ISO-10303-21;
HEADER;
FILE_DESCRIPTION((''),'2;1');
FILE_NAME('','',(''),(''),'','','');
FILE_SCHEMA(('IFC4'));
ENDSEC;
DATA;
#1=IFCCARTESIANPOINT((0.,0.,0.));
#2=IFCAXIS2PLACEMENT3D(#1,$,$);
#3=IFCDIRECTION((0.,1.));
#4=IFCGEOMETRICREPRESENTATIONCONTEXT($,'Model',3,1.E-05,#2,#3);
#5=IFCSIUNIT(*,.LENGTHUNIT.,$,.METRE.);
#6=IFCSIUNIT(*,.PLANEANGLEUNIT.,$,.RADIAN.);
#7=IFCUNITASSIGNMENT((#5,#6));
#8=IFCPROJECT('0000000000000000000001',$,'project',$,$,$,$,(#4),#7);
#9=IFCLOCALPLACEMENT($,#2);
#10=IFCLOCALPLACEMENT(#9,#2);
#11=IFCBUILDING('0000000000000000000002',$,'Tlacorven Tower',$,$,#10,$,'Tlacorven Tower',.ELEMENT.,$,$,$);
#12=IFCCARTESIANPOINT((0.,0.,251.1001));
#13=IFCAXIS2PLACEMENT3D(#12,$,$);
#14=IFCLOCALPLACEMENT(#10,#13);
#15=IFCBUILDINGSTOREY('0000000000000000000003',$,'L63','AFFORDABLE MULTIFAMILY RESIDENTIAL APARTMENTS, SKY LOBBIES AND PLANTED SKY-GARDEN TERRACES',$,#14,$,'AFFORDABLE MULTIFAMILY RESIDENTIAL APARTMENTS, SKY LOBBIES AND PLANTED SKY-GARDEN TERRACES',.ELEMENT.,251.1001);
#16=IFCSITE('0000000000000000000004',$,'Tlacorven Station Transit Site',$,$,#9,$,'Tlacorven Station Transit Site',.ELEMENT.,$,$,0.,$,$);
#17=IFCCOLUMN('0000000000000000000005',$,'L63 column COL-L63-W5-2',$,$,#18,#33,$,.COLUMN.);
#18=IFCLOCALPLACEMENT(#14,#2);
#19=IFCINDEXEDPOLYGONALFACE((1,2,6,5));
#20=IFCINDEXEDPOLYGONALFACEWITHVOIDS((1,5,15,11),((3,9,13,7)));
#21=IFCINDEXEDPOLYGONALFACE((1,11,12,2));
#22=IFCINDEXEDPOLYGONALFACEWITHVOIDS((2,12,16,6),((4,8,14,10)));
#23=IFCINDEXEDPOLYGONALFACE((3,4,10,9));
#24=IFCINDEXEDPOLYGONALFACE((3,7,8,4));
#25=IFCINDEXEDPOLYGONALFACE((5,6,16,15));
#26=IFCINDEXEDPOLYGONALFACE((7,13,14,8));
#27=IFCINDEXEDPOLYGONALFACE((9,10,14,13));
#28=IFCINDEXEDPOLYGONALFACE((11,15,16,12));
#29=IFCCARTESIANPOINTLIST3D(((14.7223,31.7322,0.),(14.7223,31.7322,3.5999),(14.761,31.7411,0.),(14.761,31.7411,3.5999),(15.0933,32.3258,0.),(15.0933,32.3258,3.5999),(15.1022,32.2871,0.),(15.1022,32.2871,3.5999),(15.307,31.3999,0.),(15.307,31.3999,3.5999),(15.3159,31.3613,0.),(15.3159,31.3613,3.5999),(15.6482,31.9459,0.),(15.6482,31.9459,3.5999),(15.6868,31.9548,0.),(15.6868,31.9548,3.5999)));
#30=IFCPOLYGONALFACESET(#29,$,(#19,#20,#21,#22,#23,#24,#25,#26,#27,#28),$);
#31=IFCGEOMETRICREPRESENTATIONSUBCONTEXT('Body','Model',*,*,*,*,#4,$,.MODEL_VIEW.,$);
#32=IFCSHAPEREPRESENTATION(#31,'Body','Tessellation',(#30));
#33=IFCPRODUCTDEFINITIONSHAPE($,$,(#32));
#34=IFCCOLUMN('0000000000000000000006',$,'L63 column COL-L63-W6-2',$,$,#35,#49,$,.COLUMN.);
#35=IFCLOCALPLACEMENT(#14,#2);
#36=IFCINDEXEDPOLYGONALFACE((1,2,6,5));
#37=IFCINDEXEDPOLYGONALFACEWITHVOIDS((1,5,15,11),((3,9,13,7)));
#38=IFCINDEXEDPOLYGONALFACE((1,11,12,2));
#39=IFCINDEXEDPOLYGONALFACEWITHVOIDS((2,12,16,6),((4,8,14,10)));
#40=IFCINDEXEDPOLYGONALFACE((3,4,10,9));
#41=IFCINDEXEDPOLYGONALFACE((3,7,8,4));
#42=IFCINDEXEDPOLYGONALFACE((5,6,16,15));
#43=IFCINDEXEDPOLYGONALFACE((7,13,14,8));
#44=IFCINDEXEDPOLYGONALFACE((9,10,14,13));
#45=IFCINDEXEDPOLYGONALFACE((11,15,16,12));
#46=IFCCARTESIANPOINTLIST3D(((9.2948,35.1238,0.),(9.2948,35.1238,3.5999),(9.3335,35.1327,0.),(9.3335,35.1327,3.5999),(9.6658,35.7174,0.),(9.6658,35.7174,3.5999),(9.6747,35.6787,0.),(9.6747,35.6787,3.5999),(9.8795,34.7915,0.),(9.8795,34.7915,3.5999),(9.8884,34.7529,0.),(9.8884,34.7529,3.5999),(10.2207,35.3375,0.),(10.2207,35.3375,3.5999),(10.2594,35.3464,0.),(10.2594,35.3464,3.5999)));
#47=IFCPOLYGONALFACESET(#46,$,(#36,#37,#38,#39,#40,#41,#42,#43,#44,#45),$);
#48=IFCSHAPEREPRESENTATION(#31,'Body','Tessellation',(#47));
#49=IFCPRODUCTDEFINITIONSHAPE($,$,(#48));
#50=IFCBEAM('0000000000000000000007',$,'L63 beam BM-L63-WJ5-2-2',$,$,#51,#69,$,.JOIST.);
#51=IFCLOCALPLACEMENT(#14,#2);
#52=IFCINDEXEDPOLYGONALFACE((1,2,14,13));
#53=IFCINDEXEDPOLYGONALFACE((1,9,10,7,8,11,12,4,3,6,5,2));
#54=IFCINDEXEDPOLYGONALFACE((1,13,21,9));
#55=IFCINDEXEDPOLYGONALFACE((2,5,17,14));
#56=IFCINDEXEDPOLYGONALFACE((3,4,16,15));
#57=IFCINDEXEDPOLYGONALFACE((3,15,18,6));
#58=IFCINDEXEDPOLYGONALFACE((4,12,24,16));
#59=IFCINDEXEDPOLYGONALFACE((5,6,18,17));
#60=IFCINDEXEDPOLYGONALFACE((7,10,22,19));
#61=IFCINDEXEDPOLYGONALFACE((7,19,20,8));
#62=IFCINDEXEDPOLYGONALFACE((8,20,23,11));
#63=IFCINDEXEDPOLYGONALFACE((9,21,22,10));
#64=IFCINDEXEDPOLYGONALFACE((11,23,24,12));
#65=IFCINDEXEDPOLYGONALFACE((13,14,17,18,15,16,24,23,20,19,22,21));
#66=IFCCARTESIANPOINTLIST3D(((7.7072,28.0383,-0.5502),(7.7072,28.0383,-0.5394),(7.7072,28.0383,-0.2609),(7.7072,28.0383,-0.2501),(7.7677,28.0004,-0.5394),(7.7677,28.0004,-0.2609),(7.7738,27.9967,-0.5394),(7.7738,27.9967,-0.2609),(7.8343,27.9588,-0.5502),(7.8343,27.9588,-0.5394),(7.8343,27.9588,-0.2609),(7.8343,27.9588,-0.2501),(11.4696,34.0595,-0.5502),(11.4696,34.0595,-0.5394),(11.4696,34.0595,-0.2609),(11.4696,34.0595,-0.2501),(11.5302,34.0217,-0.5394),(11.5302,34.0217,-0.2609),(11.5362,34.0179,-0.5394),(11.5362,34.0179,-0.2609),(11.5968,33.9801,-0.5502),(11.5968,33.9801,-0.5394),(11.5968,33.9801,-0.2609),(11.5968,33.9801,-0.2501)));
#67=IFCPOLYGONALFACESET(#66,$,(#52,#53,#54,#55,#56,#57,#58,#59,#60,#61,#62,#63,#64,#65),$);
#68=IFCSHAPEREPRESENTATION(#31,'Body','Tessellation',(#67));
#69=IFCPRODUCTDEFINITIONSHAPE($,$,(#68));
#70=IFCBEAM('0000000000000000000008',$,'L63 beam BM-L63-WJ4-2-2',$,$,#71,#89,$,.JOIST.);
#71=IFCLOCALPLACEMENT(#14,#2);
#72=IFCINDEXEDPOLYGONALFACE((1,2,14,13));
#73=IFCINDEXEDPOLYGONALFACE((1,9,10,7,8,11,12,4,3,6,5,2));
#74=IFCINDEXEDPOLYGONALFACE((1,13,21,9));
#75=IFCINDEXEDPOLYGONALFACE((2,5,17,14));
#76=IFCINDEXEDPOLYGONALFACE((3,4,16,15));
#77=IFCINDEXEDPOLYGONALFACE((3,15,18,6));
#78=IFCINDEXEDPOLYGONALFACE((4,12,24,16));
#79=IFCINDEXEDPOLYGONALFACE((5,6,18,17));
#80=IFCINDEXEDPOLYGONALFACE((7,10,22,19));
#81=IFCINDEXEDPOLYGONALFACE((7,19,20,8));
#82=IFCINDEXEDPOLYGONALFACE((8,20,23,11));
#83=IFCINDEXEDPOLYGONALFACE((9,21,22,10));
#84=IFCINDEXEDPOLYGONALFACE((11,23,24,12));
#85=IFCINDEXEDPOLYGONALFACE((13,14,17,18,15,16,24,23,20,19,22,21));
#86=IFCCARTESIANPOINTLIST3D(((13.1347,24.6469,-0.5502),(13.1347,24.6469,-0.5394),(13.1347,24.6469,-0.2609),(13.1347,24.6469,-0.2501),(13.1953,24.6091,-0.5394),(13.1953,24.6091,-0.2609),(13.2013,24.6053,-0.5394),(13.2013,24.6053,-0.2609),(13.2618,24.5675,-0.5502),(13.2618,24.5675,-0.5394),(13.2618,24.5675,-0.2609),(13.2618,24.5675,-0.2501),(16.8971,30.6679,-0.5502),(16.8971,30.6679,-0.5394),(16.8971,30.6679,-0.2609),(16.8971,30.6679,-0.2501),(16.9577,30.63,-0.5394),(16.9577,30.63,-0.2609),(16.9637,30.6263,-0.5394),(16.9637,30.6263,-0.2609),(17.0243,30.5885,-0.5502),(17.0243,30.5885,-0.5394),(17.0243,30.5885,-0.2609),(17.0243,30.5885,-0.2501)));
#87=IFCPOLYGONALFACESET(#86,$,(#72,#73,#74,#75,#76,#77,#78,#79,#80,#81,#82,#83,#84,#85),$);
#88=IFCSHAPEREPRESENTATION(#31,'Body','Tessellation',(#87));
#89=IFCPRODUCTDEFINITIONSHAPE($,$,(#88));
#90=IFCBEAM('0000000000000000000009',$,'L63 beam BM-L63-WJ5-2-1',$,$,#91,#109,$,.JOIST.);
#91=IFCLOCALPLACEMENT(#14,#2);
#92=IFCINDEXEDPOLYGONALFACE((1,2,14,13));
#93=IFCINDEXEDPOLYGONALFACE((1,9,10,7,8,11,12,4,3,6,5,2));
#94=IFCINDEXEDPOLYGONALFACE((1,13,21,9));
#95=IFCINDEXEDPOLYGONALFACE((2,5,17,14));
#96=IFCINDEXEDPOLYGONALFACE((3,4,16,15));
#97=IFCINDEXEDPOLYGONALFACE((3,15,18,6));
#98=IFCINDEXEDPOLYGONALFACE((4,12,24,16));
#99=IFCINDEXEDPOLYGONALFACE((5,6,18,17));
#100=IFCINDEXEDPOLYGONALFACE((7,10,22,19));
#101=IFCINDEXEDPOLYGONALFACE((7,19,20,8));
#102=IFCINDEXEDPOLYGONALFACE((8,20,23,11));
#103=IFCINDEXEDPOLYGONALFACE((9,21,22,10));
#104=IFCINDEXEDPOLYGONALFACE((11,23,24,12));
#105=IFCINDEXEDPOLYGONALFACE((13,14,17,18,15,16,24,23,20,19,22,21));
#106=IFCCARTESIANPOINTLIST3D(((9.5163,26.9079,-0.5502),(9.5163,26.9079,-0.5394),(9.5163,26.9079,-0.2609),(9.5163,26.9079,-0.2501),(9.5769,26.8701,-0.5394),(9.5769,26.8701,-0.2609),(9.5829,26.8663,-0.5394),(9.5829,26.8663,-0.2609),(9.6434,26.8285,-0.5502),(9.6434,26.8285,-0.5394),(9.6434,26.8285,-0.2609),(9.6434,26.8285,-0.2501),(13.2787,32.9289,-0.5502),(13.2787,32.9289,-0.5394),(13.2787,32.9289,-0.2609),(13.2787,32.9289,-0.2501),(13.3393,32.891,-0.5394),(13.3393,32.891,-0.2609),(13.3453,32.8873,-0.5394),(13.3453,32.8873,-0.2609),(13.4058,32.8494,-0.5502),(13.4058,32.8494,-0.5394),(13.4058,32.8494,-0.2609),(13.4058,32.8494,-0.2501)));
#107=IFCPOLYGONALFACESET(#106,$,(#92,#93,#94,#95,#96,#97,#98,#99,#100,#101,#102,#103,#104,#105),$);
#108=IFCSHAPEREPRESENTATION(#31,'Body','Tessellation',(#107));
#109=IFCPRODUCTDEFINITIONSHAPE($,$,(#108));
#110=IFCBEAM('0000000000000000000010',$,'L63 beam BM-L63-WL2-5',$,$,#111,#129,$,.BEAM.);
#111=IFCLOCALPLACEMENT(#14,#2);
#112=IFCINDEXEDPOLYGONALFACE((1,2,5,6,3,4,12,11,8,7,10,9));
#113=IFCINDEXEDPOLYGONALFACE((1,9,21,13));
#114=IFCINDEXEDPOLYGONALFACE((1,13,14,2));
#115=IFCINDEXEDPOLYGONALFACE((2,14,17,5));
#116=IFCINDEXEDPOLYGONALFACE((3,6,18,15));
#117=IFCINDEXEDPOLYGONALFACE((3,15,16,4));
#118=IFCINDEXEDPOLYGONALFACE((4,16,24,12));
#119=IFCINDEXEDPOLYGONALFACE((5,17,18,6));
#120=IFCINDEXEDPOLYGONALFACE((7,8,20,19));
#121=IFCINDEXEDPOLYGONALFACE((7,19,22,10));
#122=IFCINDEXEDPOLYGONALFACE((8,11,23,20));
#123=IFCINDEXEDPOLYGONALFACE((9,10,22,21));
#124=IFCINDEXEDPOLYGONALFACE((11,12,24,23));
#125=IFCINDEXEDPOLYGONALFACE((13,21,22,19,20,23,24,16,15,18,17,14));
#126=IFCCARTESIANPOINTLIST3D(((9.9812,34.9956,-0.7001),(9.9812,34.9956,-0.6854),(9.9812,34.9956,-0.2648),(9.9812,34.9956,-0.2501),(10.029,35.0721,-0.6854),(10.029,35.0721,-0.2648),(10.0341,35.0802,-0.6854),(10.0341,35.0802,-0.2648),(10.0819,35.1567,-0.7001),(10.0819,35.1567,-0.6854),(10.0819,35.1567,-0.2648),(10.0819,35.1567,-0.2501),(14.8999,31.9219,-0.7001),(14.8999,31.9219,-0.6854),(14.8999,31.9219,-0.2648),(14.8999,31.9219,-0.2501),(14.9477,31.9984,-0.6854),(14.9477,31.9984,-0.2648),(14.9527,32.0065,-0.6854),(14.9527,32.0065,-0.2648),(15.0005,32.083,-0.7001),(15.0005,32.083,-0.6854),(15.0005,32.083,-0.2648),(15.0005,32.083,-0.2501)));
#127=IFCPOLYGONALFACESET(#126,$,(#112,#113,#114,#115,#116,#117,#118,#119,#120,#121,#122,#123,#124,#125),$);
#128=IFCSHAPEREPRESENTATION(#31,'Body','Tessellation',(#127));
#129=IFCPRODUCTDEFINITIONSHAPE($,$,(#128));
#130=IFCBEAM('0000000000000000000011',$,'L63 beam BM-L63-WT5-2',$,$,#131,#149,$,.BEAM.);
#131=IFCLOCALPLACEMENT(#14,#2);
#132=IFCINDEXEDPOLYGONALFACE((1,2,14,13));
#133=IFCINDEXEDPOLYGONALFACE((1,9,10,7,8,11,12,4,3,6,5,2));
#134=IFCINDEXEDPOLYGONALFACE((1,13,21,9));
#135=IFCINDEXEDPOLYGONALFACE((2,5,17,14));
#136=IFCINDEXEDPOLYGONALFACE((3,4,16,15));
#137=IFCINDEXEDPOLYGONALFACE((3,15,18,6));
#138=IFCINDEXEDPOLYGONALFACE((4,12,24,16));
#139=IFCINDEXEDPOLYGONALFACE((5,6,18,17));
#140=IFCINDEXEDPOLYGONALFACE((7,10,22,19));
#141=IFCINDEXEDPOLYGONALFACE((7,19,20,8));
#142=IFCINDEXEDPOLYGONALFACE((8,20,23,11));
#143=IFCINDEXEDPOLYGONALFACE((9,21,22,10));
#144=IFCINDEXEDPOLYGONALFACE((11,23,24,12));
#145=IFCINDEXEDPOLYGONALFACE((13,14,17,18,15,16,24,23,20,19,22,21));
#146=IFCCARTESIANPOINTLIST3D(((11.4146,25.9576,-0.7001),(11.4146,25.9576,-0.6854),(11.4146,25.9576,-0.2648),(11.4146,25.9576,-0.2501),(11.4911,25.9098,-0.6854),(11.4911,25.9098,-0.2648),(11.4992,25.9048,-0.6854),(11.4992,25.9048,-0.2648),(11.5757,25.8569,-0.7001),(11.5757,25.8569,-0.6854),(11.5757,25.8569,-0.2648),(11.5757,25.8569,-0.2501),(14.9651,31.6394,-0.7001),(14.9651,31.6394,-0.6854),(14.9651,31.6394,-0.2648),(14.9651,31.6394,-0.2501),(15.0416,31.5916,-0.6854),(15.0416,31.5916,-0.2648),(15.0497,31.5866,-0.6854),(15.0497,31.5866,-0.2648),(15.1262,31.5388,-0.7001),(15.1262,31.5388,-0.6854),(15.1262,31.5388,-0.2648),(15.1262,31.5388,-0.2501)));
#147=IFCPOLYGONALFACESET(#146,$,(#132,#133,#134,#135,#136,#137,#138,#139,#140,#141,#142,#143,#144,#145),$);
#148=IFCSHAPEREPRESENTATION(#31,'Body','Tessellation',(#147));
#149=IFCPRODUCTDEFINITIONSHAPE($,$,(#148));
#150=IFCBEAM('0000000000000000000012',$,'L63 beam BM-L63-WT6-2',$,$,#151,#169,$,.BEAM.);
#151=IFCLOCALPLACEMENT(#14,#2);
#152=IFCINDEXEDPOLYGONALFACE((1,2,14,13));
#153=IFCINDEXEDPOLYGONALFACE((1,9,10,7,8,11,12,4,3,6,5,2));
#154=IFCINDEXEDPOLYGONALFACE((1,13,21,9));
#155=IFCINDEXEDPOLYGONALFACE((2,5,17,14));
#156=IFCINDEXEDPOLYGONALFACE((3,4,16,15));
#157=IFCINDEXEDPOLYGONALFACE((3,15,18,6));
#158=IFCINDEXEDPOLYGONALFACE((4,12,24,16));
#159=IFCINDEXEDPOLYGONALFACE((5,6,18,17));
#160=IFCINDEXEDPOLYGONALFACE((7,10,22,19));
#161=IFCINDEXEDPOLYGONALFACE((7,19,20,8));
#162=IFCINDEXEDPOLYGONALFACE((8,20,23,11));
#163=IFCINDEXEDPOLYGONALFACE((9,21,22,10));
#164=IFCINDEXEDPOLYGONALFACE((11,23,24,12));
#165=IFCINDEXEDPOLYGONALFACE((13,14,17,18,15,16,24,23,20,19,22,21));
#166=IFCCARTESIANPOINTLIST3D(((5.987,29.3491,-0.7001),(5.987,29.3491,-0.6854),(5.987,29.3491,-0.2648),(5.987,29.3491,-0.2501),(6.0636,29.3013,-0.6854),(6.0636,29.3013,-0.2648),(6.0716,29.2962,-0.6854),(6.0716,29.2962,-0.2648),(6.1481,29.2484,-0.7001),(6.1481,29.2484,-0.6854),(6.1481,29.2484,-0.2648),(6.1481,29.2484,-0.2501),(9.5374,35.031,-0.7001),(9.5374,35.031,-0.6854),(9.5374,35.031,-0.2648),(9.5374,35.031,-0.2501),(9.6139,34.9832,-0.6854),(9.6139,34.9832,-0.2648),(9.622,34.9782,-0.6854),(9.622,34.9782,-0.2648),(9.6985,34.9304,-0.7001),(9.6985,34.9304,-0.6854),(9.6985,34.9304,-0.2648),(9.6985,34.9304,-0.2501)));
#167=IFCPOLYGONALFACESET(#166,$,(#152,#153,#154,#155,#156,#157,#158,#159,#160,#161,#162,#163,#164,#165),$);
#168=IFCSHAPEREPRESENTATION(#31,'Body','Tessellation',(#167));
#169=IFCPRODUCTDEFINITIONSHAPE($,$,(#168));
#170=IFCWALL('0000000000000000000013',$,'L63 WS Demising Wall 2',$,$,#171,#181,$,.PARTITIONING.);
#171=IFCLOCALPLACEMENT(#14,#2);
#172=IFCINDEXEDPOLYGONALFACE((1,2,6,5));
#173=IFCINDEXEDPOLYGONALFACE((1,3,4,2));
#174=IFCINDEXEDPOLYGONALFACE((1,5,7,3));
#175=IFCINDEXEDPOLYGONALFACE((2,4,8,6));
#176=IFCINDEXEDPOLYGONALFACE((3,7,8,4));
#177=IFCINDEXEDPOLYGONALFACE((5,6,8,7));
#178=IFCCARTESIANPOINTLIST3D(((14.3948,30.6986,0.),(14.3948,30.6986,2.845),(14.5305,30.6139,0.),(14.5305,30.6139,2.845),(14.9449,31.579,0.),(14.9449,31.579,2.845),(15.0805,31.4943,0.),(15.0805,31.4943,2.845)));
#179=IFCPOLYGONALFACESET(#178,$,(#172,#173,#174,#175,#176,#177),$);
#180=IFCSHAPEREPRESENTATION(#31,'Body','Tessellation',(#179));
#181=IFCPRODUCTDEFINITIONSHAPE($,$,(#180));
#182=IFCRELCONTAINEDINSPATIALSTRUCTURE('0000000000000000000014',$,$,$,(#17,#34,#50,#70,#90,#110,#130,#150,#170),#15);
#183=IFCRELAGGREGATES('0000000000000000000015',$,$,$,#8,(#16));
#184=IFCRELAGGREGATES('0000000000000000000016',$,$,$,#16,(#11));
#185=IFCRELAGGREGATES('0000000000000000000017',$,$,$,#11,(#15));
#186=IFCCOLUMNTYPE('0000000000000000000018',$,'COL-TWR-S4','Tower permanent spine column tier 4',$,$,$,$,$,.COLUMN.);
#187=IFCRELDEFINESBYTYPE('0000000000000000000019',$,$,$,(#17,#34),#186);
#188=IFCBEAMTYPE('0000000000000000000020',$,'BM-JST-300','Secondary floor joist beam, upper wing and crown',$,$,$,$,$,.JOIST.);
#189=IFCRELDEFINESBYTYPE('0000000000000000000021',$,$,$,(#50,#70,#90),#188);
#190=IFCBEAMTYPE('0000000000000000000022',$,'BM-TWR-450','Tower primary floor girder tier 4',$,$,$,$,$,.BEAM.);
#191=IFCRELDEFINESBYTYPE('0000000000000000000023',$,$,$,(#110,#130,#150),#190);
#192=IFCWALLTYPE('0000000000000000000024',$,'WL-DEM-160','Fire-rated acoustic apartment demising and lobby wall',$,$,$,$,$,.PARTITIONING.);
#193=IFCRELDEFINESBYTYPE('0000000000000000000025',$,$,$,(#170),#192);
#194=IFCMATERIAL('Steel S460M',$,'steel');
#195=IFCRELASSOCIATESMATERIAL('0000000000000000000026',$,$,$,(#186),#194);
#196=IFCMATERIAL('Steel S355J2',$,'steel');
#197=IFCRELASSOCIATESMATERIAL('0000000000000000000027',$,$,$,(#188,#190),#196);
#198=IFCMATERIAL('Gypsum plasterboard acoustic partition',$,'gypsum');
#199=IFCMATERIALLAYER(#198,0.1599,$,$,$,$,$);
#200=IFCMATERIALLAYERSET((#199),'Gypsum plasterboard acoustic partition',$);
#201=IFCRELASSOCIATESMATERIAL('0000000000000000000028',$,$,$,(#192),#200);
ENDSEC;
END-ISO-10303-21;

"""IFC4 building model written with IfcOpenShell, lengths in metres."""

from ifc_helpers import new_model, si_unit, direction, frame, frame_2d, origin, origin_2d, place, context, subcontext, project, spatial, rectangle, hollow_rectangle, i_section, extrude, source, transform, mapped, material, layer, layer_set, material_profile, profile_set, type_object, element, save


model = new_model("IFC4")

# Units and contexts
model_context = context("Model", 3, precision=1e-05, world=origin(), true_north=direction((0.0, 1.0)))
body_context = subcontext(model_context, "Body", "Model", "MODEL_VIEW")
ifc_project = project(units=[si_unit("LENGTHUNIT", "METRE"), si_unit("PLANEANGLEUNIT", "RADIAN")], contexts=[model_context])

# Site, building, storey
site_placement = place(None, origin())
site = spatial("IfcSite", under=ifc_project, at=site_placement, Name="Tlacorven Station Transit Site", LongName="Tlacorven Station Transit Site", CompositionType="ELEMENT", RefElevation=0.0)
building_placement = place(site_placement, origin())
building = spatial("IfcBuilding", under=site, at=building_placement, Name="Tlacorven Tower", LongName="Tlacorven Tower", CompositionType="ELEMENT")
storey_placement = place(building_placement, frame((0.0, 0.0, 251.1001)))
storey = spatial("IfcBuildingStorey", under=building, at=storey_placement, Name="L63", Description="AFFORDABLE MULTIFAMILY RESIDENTIAL APARTMENTS, SKY LOBBIES AND PLANTED SKY-GARDEN TERRACES", LongName="AFFORDABLE MULTIFAMILY RESIDENTIAL APARTMENTS, SKY LOBBIES AND PLANTED SKY-GARDEN TERRACES", CompositionType="ELEMENT", Elevation=251.1001)

# Columns
ifc_material_1 = material(Name="Steel S460M", Category="steel")
ifc_material_profile_1 = material_profile(ifc_material_1, hollow_rectangle(XDim=0.7, YDim=0.7, WallThickness=0.0281, at=origin_2d()), Name="BOX 700X700X28")
ifc_profile_set_1 = profile_set([ifc_material_profile_1], Name="Steel S460M")
column_type = type_object("IfcColumnType", Name="COL-TWR-S4", Description="Tower permanent spine column tier 4", PredefinedType="COLUMN", material=ifc_profile_set_1)
shared_shape_1 = source(origin(), body_context, "Body", "SweptSolid", [
    extrude(hollow_rectangle(XDim=0.7, YDim=0.7, WallThickness=0.0281, at=origin_2d()), origin(), (0.0, 0.0, 1.0), 3.5999),
])
for number, where, z_axis, x_axis, name in (
    (1, (15.2046, 31.8435, 0.0), (0.0, 0.0, 1.0), (-0.848048, 0.529919, 0.0), "L63 column COL-L63-W5-2"),
    (2, (9.7771, 35.2351, 0.0), (0.0, 0.0, 1.0), (-0.848048, 0.529919, 0.0), "L63 column COL-L63-W6-2"),
):
    element("IfcColumn", number, at=place(storey_placement, frame(where, z_axis=z_axis, x_axis=x_axis)), inside=storey, type_object=column_type, Name=name, PredefinedType="COLUMN", context=body_context, shape_type="MappedRepresentation", body=[
        mapped(shared_shape_1, transform((0.0, 0.0, 0.0), scale=1.0)),
    ])

# Beams
ifc_material_2 = material(Name="Steel S355J2", Category="steel")
ifc_material_profile_2 = material_profile(ifc_material_2, i_section(OverallWidth=0.1499, OverallDepth=0.3, WebThickness=0.0071, FlangeThickness=0.0107, at=origin_2d()), Name="IPE 300")
ifc_profile_set_2 = profile_set([ifc_material_profile_2], Name="Steel S355J2")
beam_type_1 = type_object("IfcBeamType", Name="BM-JST-300", Description="Secondary floor joist beam, upper wing and crown", PredefinedType="JOIST", material=ifc_profile_set_2)
shared_shape_2 = source(origin(), body_context, "Body", "SweptSolid", [
    extrude(i_section(OverallWidth=0.1499, OverallDepth=0.3, WebThickness=0.0071, FlangeThickness=0.0107, at=origin_2d()), origin(), (0.0, 0.0, 1.0), 7.1001),
])
beam_1_placement = place(storey_placement, frame((11.5332, 34.0198, -0.4001), z_axis=(-0.529915, -0.84805, 0.0), x_axis=(0.84805, -0.529915, 0.0)))
element("IfcBeam", 3, at=beam_1_placement, inside=storey, type_object=beam_type_1, Name="L63 beam BM-L63-WJ5-2-2", PredefinedType="JOIST", context=body_context, shape_type="MappedRepresentation", body=[
    mapped(shared_shape_2, transform((0.0, 0.0, 0.0), scale=1.0)),
])
shared_shape_3 = source(origin(), body_context, "Body", "SweptSolid", [
    extrude(i_section(OverallWidth=0.1499, OverallDepth=0.3, WebThickness=0.0071, FlangeThickness=0.0107, at=origin_2d()), origin(), (0.0, 0.0, 1.0), 7.0999),
])
for number, where, z_axis, x_axis, name in (
    (4, (16.9607, 30.6282, -0.4001), (-0.529931, -0.848041, 0.0), (0.848041, -0.529931, 0.0), "L63 beam BM-L63-WJ4-2-2"),
    (5, (13.3423, 32.8892, -0.4001), (-0.529931, -0.848041, 0.0), (0.848041, -0.529931, 0.0), "L63 beam BM-L63-WJ5-2-1"),
):
    element("IfcBeam", number, at=place(storey_placement, frame(where, z_axis=z_axis, x_axis=x_axis)), inside=storey, type_object=beam_type_1, Name=name, PredefinedType="JOIST", context=body_context, shape_type="MappedRepresentation", body=[
        mapped(shared_shape_3, transform((0.0, 0.0, 0.0), scale=1.0)),
    ])
ifc_material_profile_3 = material_profile(ifc_material_2, i_section(OverallWidth=0.1899, OverallDepth=0.45, WebThickness=0.0095, FlangeThickness=0.0146, at=origin_2d()), Name="IPE 450")
ifc_profile_set_3 = profile_set([ifc_material_profile_3], Name="Steel S355J2")
beam_type_2 = type_object("IfcBeamType", Name="BM-TWR-450", Description="Tower primary floor girder tier 4", PredefinedType="BEAM", material=ifc_profile_set_3)
shared_shape_4 = source(origin(), body_context, "Body", "SweptSolid", [
    extrude(i_section(OverallWidth=0.1899, OverallDepth=0.45, WebThickness=0.0095, FlangeThickness=0.0146, at=origin_2d()), origin(), (0.0, 0.0, 1.0), 5.8),
])
beam_2_placement = place(storey_placement, frame((14.9502, 32.0024, -0.4751), z_axis=(-0.848034, 0.529942, 0.0), x_axis=(-0.529942, -0.848034, 0.0)))
element("IfcBeam", 6, at=beam_2_placement, inside=storey, type_object=beam_type_2, Name="L63 beam BM-L63-WL2-5", PredefinedType="BEAM", context=body_context, shape_type="MappedRepresentation", body=[
    mapped(shared_shape_4, transform((0.0, 0.0, 0.0), scale=1.0)),
])
shared_shape_5 = source(origin(), body_context, "Body", "SweptSolid", [
    extrude(i_section(OverallWidth=0.1899, OverallDepth=0.45, WebThickness=0.0095, FlangeThickness=0.0146, at=origin_2d()), origin(), (0.0, 0.0, 1.0), 6.7),
])
for number, where, z_axis, x_axis, name in (
    (7, (15.0457, 31.5891, -0.4751), (-0.52993, -0.848041, 0.0), (0.848041, -0.52993, 0.0), "L63 beam BM-L63-WT5-2"),
    (8, (9.6179, 34.9807, -0.4751), (-0.529904, -0.848058, 0.0), (0.848058, -0.529904, 0.0), "L63 beam BM-L63-WT6-2"),
):
    element("IfcBeam", number, at=place(storey_placement, frame(where, z_axis=z_axis, x_axis=x_axis)), inside=storey, type_object=beam_type_2, Name=name, PredefinedType="BEAM", context=body_context, shape_type="MappedRepresentation", body=[
        mapped(shared_shape_5, transform((0.0, 0.0, 0.0), scale=1.0)),
    ])

# Wall
ifc_material_3 = material(Name="Gypsum plasterboard acoustic partition", Category="gypsum")
ifc_layer_1 = layer(ifc_material_3, 0.1599)
ifc_layer_set_1 = layer_set([ifc_layer_1], Name="Gypsum plasterboard acoustic partition")
wall_type_1 = type_object("IfcWallType", Name="WL-DEM-160", Description="Fire-rated acoustic apartment demising and lobby wall", PredefinedType="PARTITIONING", material=ifc_layer_set_1)
wall_1_placement = place(storey_placement, frame((15.0127, 31.5366, 0.0), z_axis=(0.0, 0.0, 1.0), x_axis=(-0.529872, -0.848078, 0.0)))
element("IfcWall", 9, at=wall_1_placement, inside=storey, type_object=wall_type_1, Name="L63 WS Demising Wall 2", PredefinedType="PARTITIONING", context=body_context, shape_type="SweptSolid", body=[
    extrude(rectangle(XDim=1.0381, YDim=0.1599, at=frame_2d((0.519, 0.0))), origin(), (0.0, 0.0, 1.0), 2.845),
])

save(model, "model.ifc")
